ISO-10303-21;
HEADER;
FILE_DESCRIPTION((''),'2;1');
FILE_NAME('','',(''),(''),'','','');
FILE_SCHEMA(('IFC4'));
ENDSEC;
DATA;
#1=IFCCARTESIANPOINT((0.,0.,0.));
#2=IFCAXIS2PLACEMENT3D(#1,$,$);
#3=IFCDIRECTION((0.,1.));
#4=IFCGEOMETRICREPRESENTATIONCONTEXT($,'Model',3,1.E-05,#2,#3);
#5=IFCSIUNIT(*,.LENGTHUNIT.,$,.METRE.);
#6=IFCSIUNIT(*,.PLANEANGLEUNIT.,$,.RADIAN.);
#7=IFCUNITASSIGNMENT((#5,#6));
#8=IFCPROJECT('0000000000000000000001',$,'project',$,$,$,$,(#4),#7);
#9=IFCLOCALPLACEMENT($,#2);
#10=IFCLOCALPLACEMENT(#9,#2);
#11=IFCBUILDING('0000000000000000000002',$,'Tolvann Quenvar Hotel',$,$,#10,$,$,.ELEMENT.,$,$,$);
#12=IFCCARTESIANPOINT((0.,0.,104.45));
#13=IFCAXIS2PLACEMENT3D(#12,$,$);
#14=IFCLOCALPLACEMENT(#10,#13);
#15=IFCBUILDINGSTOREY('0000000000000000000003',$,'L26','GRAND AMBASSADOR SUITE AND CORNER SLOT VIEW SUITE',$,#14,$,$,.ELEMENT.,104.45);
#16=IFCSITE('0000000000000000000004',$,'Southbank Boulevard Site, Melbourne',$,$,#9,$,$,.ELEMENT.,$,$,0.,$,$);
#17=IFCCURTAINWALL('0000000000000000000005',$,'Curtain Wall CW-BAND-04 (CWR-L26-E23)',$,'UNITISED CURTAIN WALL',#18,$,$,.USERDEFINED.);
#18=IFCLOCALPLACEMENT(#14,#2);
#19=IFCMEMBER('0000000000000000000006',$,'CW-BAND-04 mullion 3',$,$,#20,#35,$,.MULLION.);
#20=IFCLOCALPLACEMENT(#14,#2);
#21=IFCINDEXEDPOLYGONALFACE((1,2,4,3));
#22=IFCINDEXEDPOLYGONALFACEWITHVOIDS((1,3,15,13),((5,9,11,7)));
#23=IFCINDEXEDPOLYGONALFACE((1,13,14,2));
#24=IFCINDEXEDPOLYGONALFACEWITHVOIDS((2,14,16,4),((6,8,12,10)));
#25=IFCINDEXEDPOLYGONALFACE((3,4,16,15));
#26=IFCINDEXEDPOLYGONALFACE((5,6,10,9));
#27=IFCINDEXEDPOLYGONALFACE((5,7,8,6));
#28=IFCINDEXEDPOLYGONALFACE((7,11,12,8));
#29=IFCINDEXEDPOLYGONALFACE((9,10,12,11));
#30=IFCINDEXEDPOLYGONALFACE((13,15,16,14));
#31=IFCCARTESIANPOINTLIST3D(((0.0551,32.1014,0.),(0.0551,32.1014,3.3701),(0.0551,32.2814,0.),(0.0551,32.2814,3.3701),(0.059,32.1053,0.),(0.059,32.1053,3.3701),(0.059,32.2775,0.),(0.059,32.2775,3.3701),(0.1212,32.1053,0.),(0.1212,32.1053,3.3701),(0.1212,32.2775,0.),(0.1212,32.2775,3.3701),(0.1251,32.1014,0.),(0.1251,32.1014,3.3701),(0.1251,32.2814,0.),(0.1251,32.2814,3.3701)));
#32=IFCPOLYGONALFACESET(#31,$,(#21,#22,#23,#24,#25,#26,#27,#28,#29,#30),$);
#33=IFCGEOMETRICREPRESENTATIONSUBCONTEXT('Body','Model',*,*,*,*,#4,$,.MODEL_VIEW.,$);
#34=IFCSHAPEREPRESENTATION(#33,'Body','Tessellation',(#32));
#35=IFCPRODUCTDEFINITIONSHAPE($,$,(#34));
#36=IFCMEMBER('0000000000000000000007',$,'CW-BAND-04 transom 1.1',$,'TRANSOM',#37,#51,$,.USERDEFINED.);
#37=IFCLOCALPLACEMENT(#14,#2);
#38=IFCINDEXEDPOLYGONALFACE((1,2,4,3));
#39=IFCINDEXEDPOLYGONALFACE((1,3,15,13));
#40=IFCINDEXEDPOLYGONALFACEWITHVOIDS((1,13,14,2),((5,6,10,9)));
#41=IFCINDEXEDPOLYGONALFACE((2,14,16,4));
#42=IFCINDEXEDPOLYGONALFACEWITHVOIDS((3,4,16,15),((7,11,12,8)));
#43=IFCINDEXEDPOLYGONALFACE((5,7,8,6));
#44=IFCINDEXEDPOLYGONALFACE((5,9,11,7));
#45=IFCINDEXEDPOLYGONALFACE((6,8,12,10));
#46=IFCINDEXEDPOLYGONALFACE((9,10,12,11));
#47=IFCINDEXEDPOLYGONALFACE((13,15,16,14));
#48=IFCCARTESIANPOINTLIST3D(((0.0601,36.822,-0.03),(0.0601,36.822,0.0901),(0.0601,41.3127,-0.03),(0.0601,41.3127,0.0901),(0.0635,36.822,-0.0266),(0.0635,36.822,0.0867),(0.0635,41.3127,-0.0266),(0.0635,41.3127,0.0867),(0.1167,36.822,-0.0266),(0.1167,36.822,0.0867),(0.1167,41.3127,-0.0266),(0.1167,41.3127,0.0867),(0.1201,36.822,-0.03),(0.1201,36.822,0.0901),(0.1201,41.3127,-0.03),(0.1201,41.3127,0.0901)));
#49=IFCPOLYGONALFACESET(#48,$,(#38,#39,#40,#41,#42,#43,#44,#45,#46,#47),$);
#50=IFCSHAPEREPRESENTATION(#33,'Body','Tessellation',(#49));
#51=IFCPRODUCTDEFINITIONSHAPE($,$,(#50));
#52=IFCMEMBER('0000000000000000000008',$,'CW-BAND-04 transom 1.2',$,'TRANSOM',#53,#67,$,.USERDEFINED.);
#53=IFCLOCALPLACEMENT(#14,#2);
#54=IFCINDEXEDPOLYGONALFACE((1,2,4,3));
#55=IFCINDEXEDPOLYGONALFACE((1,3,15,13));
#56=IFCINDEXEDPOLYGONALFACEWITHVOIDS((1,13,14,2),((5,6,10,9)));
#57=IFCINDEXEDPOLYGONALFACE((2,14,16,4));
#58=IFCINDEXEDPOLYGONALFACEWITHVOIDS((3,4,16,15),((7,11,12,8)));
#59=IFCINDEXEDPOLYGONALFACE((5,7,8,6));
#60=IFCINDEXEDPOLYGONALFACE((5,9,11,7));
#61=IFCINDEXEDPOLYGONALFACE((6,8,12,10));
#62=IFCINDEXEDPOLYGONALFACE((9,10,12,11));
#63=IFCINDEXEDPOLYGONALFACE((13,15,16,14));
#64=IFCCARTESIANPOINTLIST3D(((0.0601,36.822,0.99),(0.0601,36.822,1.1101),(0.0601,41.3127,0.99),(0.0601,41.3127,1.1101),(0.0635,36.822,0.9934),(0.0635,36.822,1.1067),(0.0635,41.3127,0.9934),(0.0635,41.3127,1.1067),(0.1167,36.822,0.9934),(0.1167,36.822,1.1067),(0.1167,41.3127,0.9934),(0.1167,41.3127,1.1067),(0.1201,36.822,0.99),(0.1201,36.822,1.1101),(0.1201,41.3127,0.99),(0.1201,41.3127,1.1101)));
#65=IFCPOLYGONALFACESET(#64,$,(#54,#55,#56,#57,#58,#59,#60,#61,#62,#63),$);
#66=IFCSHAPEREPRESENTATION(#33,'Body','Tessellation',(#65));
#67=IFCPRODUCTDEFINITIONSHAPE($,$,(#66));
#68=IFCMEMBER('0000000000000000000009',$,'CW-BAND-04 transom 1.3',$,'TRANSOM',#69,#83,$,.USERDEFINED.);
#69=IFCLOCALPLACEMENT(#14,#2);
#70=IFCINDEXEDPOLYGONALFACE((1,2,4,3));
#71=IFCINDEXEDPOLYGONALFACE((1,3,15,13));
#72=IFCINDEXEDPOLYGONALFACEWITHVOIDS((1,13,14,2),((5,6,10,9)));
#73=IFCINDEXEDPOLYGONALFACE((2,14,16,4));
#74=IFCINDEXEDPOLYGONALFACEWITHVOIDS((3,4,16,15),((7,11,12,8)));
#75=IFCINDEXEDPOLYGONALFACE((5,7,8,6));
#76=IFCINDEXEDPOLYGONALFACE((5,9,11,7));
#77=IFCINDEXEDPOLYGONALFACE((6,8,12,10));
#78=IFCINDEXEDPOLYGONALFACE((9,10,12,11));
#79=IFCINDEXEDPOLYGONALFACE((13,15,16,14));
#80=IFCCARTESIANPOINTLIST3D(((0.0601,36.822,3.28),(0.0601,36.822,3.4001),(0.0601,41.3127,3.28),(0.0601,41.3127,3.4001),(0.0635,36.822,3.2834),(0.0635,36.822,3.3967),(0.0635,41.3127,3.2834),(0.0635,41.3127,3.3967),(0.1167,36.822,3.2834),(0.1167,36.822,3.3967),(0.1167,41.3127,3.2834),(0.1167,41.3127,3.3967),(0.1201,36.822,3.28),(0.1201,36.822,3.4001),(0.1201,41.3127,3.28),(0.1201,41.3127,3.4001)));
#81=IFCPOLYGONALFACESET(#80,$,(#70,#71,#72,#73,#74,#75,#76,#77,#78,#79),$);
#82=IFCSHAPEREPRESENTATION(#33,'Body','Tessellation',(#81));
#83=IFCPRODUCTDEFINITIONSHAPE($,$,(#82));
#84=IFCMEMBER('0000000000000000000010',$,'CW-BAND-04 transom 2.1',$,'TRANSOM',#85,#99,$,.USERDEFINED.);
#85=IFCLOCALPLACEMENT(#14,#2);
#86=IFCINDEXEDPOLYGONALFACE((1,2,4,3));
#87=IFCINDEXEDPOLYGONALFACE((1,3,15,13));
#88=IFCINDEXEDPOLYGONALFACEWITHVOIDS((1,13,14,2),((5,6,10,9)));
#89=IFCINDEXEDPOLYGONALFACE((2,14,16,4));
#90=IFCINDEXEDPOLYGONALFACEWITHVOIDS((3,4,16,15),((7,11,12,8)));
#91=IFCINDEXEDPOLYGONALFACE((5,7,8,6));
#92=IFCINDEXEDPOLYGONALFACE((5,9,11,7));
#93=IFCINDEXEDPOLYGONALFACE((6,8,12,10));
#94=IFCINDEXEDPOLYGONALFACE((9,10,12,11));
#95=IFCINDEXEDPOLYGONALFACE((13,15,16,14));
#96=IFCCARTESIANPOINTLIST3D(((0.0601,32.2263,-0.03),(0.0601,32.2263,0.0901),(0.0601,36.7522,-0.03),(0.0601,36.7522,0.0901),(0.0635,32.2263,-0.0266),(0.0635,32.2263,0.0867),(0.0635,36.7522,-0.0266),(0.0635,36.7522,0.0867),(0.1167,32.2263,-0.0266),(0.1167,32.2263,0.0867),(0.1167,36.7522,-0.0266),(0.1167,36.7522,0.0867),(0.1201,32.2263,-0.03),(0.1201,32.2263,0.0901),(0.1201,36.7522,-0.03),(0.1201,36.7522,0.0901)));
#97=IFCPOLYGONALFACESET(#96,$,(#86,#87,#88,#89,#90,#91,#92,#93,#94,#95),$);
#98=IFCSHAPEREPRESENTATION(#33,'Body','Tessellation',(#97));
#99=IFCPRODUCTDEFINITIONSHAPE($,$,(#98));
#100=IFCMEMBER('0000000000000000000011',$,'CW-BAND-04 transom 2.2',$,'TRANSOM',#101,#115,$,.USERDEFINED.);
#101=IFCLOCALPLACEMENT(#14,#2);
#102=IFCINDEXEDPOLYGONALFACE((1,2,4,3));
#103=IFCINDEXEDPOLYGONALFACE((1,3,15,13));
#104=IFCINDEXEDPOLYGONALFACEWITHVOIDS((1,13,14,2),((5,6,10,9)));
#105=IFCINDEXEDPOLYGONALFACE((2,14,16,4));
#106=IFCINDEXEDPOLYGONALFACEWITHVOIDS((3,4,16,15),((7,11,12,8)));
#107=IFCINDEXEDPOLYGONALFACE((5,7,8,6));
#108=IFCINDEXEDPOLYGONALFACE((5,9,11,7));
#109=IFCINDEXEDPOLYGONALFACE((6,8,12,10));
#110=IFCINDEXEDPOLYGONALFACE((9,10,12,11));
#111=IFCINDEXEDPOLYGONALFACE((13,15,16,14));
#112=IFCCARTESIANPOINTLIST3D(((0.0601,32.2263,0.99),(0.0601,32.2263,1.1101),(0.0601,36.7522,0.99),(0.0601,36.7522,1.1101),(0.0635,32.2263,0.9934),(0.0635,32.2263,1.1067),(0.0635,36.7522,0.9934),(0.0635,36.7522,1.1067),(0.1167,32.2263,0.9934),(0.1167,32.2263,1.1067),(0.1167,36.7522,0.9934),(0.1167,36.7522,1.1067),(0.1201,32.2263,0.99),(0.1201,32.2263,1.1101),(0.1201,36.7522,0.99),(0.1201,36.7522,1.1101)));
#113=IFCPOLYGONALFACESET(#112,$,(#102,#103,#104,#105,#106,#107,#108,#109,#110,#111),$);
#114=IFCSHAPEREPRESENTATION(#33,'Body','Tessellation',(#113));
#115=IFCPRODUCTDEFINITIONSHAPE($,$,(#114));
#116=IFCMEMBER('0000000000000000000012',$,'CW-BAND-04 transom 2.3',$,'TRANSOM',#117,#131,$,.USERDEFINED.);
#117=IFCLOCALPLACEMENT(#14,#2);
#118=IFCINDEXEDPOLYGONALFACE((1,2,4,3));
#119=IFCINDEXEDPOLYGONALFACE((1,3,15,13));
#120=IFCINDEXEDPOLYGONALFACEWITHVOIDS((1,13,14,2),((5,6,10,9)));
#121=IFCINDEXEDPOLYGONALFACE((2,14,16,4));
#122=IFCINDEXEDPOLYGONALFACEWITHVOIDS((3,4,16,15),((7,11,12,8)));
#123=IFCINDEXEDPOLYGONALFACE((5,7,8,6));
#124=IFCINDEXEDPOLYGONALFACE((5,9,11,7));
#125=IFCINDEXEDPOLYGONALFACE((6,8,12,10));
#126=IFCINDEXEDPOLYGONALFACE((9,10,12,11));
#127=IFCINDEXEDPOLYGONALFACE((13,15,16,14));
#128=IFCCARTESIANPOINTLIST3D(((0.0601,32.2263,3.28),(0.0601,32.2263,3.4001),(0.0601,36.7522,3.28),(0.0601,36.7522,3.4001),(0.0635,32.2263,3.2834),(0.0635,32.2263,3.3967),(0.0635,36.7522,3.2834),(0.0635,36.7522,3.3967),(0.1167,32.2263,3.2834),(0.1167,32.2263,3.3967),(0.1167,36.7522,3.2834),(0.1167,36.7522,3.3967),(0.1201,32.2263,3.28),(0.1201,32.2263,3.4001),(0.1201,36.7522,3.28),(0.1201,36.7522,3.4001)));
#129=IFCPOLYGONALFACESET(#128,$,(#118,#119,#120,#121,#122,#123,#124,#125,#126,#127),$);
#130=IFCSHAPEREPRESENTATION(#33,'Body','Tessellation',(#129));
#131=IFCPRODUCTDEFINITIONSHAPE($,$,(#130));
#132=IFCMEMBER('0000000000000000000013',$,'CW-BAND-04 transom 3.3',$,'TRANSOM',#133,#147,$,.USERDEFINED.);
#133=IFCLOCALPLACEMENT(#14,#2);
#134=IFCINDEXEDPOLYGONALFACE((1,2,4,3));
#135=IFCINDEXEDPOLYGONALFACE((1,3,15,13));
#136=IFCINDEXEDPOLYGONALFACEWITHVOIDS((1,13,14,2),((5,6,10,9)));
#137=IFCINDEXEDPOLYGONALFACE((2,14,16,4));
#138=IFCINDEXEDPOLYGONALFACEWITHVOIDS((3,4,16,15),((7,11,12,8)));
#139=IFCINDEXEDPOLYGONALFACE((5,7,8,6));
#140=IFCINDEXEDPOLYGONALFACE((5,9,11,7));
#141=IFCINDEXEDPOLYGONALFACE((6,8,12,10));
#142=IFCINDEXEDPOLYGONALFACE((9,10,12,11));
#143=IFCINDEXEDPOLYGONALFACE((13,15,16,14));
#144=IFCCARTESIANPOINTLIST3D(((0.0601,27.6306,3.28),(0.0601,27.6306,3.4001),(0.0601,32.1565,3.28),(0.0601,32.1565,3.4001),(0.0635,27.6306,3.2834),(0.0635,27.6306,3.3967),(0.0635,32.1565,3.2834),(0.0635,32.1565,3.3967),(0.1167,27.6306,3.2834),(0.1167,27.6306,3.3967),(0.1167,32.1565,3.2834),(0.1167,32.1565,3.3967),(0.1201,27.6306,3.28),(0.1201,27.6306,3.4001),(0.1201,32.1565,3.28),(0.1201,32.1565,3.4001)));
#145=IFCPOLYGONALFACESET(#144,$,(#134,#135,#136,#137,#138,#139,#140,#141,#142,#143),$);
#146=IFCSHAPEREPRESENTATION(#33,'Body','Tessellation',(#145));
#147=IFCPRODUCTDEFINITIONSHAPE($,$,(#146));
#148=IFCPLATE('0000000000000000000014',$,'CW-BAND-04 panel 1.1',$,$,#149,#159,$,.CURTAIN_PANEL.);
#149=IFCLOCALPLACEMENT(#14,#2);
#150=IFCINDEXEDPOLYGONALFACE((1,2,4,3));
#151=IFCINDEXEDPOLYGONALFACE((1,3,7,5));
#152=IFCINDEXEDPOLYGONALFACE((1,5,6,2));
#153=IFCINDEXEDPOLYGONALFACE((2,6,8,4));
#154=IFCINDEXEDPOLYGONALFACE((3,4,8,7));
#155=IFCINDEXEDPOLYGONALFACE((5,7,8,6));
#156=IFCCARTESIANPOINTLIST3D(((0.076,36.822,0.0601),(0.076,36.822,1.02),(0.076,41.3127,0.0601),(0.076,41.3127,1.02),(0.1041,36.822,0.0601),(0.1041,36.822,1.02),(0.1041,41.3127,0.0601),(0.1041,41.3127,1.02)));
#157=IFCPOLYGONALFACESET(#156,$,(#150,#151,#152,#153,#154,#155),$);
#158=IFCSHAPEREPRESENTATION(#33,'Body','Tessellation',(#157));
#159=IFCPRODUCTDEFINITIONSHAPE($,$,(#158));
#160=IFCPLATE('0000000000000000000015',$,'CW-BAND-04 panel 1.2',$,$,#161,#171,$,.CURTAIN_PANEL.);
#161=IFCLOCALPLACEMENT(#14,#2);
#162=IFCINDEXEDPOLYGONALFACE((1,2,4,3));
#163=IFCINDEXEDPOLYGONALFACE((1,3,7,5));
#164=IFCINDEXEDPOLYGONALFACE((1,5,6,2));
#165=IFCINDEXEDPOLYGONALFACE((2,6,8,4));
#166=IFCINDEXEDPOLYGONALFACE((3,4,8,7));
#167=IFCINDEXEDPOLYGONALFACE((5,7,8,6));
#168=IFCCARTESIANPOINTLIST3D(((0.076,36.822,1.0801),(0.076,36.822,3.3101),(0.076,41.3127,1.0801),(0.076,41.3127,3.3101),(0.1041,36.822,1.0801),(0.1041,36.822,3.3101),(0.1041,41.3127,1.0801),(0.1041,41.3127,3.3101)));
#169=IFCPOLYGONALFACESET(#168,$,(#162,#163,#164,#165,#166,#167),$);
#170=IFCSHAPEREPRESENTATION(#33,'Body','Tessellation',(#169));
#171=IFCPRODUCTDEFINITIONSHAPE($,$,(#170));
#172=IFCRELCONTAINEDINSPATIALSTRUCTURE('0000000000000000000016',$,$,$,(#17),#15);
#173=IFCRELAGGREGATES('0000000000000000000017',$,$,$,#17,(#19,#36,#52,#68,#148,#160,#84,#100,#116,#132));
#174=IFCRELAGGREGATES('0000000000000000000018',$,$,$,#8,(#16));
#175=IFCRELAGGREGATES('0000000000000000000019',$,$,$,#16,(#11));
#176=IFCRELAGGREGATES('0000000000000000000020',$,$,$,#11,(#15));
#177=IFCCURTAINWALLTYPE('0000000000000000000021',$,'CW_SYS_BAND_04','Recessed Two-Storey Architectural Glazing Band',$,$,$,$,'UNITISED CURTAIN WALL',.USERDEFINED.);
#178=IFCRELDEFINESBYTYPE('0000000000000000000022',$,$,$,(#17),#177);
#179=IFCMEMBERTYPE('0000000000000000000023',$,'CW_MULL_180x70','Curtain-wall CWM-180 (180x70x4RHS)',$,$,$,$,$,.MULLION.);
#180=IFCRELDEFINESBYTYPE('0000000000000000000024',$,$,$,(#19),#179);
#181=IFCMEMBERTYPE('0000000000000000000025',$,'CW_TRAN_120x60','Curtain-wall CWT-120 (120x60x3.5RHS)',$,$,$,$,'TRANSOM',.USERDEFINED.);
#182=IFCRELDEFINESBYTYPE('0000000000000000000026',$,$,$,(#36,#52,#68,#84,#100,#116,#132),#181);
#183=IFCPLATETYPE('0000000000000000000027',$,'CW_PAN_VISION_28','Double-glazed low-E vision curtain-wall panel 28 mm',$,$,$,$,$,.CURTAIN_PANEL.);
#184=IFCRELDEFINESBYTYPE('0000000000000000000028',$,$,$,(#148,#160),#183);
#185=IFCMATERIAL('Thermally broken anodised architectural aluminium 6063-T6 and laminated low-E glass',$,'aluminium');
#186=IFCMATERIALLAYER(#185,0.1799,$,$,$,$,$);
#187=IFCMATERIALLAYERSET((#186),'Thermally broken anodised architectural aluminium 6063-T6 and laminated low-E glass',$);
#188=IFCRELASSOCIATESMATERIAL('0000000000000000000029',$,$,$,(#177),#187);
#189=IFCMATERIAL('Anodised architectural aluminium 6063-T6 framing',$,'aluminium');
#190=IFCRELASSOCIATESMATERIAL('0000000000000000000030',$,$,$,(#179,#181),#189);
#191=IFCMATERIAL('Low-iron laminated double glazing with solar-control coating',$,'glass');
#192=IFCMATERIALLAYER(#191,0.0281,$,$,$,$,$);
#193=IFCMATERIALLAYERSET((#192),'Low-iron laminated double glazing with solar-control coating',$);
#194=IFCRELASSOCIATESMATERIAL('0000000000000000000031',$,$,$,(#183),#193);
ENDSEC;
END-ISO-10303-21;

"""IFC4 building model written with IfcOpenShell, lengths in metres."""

from ifc_helpers import new_model, si_unit, direction, frame, origin, origin_2d, place, context, subcontext, project, spatial, rectangle, hollow_rectangle, extrude, source, transform, mapped, material, layer, layer_set, material_profile, profile_set, type_object, type_shapes, element, aggregate, save


model = new_model("IFC4")

# Units and contexts
model_context = context("Model", 3, precision=1e-05, world=origin(), true_north=direction((0.0, 1.0)))
body_context = subcontext(model_context, "Body", "Model", "MODEL_VIEW")
ifc_project = project(units=[si_unit("LENGTHUNIT", "METRE"), si_unit("PLANEANGLEUNIT", "RADIAN")], contexts=[model_context])

# Site, building, storey
site_placement = place(None, origin())
site = spatial("IfcSite", under=ifc_project, at=site_placement, Name="Southbank Boulevard Site, Melbourne", CompositionType="ELEMENT", RefElevation=0.0)
building_placement = place(site_placement, origin())
building = spatial("IfcBuilding", under=site, at=building_placement, Name="Tolvann Quenvar Hotel", CompositionType="ELEMENT")
storey_placement = place(building_placement, frame((0.0, 0.0, 104.45)))
storey = spatial("IfcBuildingStorey", under=building, at=storey_placement, Name="L26", Description="GRAND AMBASSADOR SUITE AND CORNER SLOT VIEW SUITE", CompositionType="ELEMENT", Elevation=104.45)

# Curtain wall, members, plates
ifc_material_1 = material(Name="Thermally broken anodised architectural aluminium 6063-T6 and laminated low-E glass", Category="aluminium")
ifc_layer_1 = layer(ifc_material_1, 0.1799)
ifc_layer_set_1 = layer_set([ifc_layer_1], Name="Thermally broken anodised architectural aluminium 6063-T6 and laminated low-E glass")
curtain_wall_type = type_object("IfcCurtainWallType", Name="CW_SYS_BAND_04", Description="Recessed Two-Storey Architectural Glazing Band", ElementType="UNITISED CURTAIN WALL", PredefinedType="USERDEFINED", material=ifc_layer_set_1)
curtain_wall_placement = place(storey_placement, origin())
curtain_wall = element("IfcCurtainWall", 1, at=curtain_wall_placement, inside=storey, type_object=curtain_wall_type, Name="Curtain Wall CW-BAND-04 (CWR-L26-E23)", ObjectType="UNITISED CURTAIN WALL", PredefinedType="USERDEFINED")
ifc_material_2 = material(Name="Anodised architectural aluminium 6063-T6 framing", Category="aluminium")
ifc_material_profile_1 = material_profile(ifc_material_2, hollow_rectangle(XDim=0.0701, YDim=0.1799, WallThickness=0.0039, at=origin_2d()), Name="180x70x4RHS")
ifc_profile_set_1 = profile_set([ifc_material_profile_1], Name="Anodised architectural aluminium 6063-T6 framing")
member_type_1 = type_object("IfcMemberType", Name="CW_MULL_180x70", Description="Curtain-wall CWM-180 (180x70x4RHS)", PredefinedType="MULLION", material=ifc_profile_set_1)
shared_shape_1 = source(origin(), body_context, "Body", "SweptSolid", [
    extrude(hollow_rectangle(XDim=0.0701, YDim=0.1799, WallThickness=0.0039, at=origin_2d()), origin(), (0.0, 0.0, 1.0), 3.3701),
])
type_shapes(member_type_1, [shared_shape_1])
member_1_placement = place(storey_placement, frame((0.0901, 32.1914, 0.0), z_axis=(0.0, 0.0, 1.0), x_axis=(1.0, 0.0, 0.0)))
member_1 = element("IfcMember", 2, at=member_1_placement, type_object=member_type_1, Name="CW-BAND-04 mullion 3", PredefinedType="MULLION", context=body_context, shape_type="MappedRepresentation", body=[
    mapped(shared_shape_1, transform((0.0, 0.0, 0.0), x_axis=(1.0, 0.0, 0.0), y_axis=(0.0, 1.0, 0.0), z_axis=(0.0, 0.0, 1.0), scale=1.0)),
])
ifc_material_profile_2 = material_profile(ifc_material_2, hollow_rectangle(XDim=0.0601, YDim=0.1201, WallThickness=0.0034, at=origin_2d()), Name="120x60x3.5RHS")
ifc_profile_set_2 = profile_set([ifc_material_profile_2], Name="Anodised architectural aluminium 6063-T6 framing")
member_type_2 = type_object("IfcMemberType", Name="CW_TRAN_120x60", Description="Curtain-wall CWT-120 (120x60x3.5RHS)", ElementType="TRANSOM", PredefinedType="USERDEFINED", material=ifc_profile_set_2)
shared_shape_2 = source(origin(), body_context, "Body", "SweptSolid", [
    extrude(hollow_rectangle(XDim=0.0601, YDim=0.1201, WallThickness=0.0034, at=origin_2d()), origin(), (0.0, 0.0, 1.0), 4.4907),
])
member_2_placement = place(storey_placement, frame((0.0901, 41.3127, 0.03), z_axis=(0.0, -1.0, 0.0), x_axis=(1.0, 0.0, 0.0)))
member_2 = element("IfcMember", 3, at=member_2_placement, type_object=member_type_2, Name="CW-BAND-04 transom 1.1", ObjectType="TRANSOM", PredefinedType="USERDEFINED", context=body_context, shape_type="MappedRepresentation", body=[
    mapped(shared_shape_2, transform((0.0, 0.0, 0.0), x_axis=(1.0, 0.0, 0.0), y_axis=(0.0, 1.0, 0.0), z_axis=(0.0, 0.0, 1.0), scale=1.0)),
])
member_3_placement = place(storey_placement, frame((0.0901, 41.3127, 1.05), z_axis=(0.0, -1.0, 0.0), x_axis=(1.0, 0.0, 0.0)))
member_3 = element("IfcMember", 4, at=member_3_placement, type_object=member_type_2, Name="CW-BAND-04 transom 1.2", ObjectType="TRANSOM", PredefinedType="USERDEFINED", context=body_context, shape_type="MappedRepresentation", body=[
    mapped(shared_shape_2, transform((0.0, 0.0, 0.0), x_axis=(1.0, 0.0, 0.0), y_axis=(0.0, 1.0, 0.0), z_axis=(0.0, 0.0, 1.0), scale=1.0)),
])
member_4_placement = place(storey_placement, frame((0.0901, 41.3127, 3.3401), z_axis=(0.0, -1.0, 0.0), x_axis=(1.0, 0.0, 0.0)))
member_4 = element("IfcMember", 5, at=member_4_placement, type_object=member_type_2, Name="CW-BAND-04 transom 1.3", ObjectType="TRANSOM", PredefinedType="USERDEFINED", context=body_context, shape_type="MappedRepresentation", body=[
    mapped(shared_shape_2, transform((0.0, 0.0, 0.0), x_axis=(1.0, 0.0, 0.0), y_axis=(0.0, 1.0, 0.0), z_axis=(0.0, 0.0, 1.0), scale=1.0)),
])
shared_shape_3 = source(origin(), body_context, "Body", "SweptSolid", [
    extrude(hollow_rectangle(XDim=0.0601, YDim=0.1201, WallThickness=0.0034, at=origin_2d()), origin(), (0.0, 0.0, 1.0), 4.5259),
])
type_shapes(member_type_2, [shared_shape_2, shared_shape_3])
member_5_placement = place(storey_placement, frame((0.0901, 36.7522, 0.03), z_axis=(0.0, -1.0, 0.0), x_axis=(1.0, 0.0, 0.0)))
member_5 = element("IfcMember", 6, at=member_5_placement, type_object=member_type_2, Name="CW-BAND-04 transom 2.1", ObjectType="TRANSOM", PredefinedType="USERDEFINED", context=body_context, shape_type="MappedRepresentation", body=[
    mapped(shared_shape_3, transform((0.0, 0.0, 0.0), x_axis=(1.0, 0.0, 0.0), y_axis=(0.0, 1.0, 0.0), z_axis=(0.0, 0.0, 1.0), scale=1.0)),
])
member_6_placement = place(storey_placement, frame((0.0901, 36.7522, 1.05), z_axis=(0.0, -1.0, 0.0), x_axis=(1.0, 0.0, 0.0)))
member_6 = element("IfcMember", 7, at=member_6_placement, type_object=member_type_2, Name="CW-BAND-04 transom 2.2", ObjectType="TRANSOM", PredefinedType="USERDEFINED", context=body_context, shape_type="MappedRepresentation", body=[
    mapped(shared_shape_3, transform((0.0, 0.0, 0.0), x_axis=(1.0, 0.0, 0.0), y_axis=(0.0, 1.0, 0.0), z_axis=(0.0, 0.0, 1.0), scale=1.0)),
])
member_7_placement = place(storey_placement, frame((0.0901, 36.7522, 3.3401), z_axis=(0.0, -1.0, 0.0), x_axis=(1.0, 0.0, 0.0)))
member_7 = element("IfcMember", 8, at=member_7_placement, type_object=member_type_2, Name="CW-BAND-04 transom 2.3", ObjectType="TRANSOM", PredefinedType="USERDEFINED", context=body_context, shape_type="MappedRepresentation", body=[
    mapped(shared_shape_3, transform((0.0, 0.0, 0.0), x_axis=(1.0, 0.0, 0.0), y_axis=(0.0, 1.0, 0.0), z_axis=(0.0, 0.0, 1.0), scale=1.0)),
])
member_8_placement = place(storey_placement, frame((0.0901, 32.1565, 3.3401), z_axis=(0.0, -1.0, 0.0), x_axis=(1.0, 0.0, 0.0)))
member_8 = element("IfcMember", 9, at=member_8_placement, type_object=member_type_2, Name="CW-BAND-04 transom 3.3", ObjectType="TRANSOM", PredefinedType="USERDEFINED", context=body_context, shape_type="MappedRepresentation", body=[
    mapped(shared_shape_3, transform((0.0, 0.0, 0.0), x_axis=(1.0, 0.0, 0.0), y_axis=(0.0, 1.0, 0.0), z_axis=(0.0, 0.0, 1.0), scale=1.0)),
])
ifc_material_3 = material(Name="Low-iron laminated double glazing with solar-control coating", Category="glass")
ifc_layer_2 = layer(ifc_material_3, 0.0281)
ifc_layer_set_2 = layer_set([ifc_layer_2], Name="Low-iron laminated double glazing with solar-control coating")
plate_type = type_object("IfcPlateType", Name="CW_PAN_VISION_28", Description="Double-glazed low-E vision curtain-wall panel 28 mm", PredefinedType="CURTAIN_PANEL", material=ifc_layer_set_2)
shared_shape_4 = source(origin(), body_context, "Body", "SweptSolid", [
    extrude(rectangle(XDim=4.4907, YDim=0.0281, at=origin_2d()), origin(), (0.0, 0.0, 1.0), 0.96),
])
plate_1_placement = place(storey_placement, frame((0.0901, 39.0674, 0.0601), z_axis=(0.0, 0.0, 1.0), x_axis=(0.0, -1.0, 0.0)))
plate_1 = element("IfcPlate", 10, at=plate_1_placement, type_object=plate_type, Name="CW-BAND-04 panel 1.1", PredefinedType="CURTAIN_PANEL", context=body_context, shape_type="MappedRepresentation", body=[
    mapped(shared_shape_4, transform((0.0, 0.0, 0.0), x_axis=(1.0, 0.0, 0.0), y_axis=(0.0, 1.0, 0.0), z_axis=(0.0, 0.0, 1.0), scale=1.0)),
])
shared_shape_5 = source(origin(), body_context, "Body", "SweptSolid", [
    extrude(rectangle(XDim=4.4907, YDim=0.0281, at=origin_2d()), origin(), (0.0, 0.0, 1.0), 2.23),
])
plate_2_placement = place(storey_placement, frame((0.0901, 39.0674, 1.0801), z_axis=(0.0, 0.0, 1.0), x_axis=(0.0, -1.0, 0.0)))
plate_2 = element("IfcPlate", 11, at=plate_2_placement, type_object=plate_type, Name="CW-BAND-04 panel 1.2", PredefinedType="CURTAIN_PANEL", context=body_context, shape_type="MappedRepresentation", body=[
    mapped(shared_shape_5, transform((0.0, 0.0, 0.0), x_axis=(1.0, 0.0, 0.0), y_axis=(0.0, 1.0, 0.0), z_axis=(0.0, 0.0, 1.0), scale=1.0)),
])
aggregate(curtain_wall, [member_1, member_2, member_3, member_4, plate_1, plate_2, member_5, member_6, member_7, member_8])

save(model, "model.ifc")
